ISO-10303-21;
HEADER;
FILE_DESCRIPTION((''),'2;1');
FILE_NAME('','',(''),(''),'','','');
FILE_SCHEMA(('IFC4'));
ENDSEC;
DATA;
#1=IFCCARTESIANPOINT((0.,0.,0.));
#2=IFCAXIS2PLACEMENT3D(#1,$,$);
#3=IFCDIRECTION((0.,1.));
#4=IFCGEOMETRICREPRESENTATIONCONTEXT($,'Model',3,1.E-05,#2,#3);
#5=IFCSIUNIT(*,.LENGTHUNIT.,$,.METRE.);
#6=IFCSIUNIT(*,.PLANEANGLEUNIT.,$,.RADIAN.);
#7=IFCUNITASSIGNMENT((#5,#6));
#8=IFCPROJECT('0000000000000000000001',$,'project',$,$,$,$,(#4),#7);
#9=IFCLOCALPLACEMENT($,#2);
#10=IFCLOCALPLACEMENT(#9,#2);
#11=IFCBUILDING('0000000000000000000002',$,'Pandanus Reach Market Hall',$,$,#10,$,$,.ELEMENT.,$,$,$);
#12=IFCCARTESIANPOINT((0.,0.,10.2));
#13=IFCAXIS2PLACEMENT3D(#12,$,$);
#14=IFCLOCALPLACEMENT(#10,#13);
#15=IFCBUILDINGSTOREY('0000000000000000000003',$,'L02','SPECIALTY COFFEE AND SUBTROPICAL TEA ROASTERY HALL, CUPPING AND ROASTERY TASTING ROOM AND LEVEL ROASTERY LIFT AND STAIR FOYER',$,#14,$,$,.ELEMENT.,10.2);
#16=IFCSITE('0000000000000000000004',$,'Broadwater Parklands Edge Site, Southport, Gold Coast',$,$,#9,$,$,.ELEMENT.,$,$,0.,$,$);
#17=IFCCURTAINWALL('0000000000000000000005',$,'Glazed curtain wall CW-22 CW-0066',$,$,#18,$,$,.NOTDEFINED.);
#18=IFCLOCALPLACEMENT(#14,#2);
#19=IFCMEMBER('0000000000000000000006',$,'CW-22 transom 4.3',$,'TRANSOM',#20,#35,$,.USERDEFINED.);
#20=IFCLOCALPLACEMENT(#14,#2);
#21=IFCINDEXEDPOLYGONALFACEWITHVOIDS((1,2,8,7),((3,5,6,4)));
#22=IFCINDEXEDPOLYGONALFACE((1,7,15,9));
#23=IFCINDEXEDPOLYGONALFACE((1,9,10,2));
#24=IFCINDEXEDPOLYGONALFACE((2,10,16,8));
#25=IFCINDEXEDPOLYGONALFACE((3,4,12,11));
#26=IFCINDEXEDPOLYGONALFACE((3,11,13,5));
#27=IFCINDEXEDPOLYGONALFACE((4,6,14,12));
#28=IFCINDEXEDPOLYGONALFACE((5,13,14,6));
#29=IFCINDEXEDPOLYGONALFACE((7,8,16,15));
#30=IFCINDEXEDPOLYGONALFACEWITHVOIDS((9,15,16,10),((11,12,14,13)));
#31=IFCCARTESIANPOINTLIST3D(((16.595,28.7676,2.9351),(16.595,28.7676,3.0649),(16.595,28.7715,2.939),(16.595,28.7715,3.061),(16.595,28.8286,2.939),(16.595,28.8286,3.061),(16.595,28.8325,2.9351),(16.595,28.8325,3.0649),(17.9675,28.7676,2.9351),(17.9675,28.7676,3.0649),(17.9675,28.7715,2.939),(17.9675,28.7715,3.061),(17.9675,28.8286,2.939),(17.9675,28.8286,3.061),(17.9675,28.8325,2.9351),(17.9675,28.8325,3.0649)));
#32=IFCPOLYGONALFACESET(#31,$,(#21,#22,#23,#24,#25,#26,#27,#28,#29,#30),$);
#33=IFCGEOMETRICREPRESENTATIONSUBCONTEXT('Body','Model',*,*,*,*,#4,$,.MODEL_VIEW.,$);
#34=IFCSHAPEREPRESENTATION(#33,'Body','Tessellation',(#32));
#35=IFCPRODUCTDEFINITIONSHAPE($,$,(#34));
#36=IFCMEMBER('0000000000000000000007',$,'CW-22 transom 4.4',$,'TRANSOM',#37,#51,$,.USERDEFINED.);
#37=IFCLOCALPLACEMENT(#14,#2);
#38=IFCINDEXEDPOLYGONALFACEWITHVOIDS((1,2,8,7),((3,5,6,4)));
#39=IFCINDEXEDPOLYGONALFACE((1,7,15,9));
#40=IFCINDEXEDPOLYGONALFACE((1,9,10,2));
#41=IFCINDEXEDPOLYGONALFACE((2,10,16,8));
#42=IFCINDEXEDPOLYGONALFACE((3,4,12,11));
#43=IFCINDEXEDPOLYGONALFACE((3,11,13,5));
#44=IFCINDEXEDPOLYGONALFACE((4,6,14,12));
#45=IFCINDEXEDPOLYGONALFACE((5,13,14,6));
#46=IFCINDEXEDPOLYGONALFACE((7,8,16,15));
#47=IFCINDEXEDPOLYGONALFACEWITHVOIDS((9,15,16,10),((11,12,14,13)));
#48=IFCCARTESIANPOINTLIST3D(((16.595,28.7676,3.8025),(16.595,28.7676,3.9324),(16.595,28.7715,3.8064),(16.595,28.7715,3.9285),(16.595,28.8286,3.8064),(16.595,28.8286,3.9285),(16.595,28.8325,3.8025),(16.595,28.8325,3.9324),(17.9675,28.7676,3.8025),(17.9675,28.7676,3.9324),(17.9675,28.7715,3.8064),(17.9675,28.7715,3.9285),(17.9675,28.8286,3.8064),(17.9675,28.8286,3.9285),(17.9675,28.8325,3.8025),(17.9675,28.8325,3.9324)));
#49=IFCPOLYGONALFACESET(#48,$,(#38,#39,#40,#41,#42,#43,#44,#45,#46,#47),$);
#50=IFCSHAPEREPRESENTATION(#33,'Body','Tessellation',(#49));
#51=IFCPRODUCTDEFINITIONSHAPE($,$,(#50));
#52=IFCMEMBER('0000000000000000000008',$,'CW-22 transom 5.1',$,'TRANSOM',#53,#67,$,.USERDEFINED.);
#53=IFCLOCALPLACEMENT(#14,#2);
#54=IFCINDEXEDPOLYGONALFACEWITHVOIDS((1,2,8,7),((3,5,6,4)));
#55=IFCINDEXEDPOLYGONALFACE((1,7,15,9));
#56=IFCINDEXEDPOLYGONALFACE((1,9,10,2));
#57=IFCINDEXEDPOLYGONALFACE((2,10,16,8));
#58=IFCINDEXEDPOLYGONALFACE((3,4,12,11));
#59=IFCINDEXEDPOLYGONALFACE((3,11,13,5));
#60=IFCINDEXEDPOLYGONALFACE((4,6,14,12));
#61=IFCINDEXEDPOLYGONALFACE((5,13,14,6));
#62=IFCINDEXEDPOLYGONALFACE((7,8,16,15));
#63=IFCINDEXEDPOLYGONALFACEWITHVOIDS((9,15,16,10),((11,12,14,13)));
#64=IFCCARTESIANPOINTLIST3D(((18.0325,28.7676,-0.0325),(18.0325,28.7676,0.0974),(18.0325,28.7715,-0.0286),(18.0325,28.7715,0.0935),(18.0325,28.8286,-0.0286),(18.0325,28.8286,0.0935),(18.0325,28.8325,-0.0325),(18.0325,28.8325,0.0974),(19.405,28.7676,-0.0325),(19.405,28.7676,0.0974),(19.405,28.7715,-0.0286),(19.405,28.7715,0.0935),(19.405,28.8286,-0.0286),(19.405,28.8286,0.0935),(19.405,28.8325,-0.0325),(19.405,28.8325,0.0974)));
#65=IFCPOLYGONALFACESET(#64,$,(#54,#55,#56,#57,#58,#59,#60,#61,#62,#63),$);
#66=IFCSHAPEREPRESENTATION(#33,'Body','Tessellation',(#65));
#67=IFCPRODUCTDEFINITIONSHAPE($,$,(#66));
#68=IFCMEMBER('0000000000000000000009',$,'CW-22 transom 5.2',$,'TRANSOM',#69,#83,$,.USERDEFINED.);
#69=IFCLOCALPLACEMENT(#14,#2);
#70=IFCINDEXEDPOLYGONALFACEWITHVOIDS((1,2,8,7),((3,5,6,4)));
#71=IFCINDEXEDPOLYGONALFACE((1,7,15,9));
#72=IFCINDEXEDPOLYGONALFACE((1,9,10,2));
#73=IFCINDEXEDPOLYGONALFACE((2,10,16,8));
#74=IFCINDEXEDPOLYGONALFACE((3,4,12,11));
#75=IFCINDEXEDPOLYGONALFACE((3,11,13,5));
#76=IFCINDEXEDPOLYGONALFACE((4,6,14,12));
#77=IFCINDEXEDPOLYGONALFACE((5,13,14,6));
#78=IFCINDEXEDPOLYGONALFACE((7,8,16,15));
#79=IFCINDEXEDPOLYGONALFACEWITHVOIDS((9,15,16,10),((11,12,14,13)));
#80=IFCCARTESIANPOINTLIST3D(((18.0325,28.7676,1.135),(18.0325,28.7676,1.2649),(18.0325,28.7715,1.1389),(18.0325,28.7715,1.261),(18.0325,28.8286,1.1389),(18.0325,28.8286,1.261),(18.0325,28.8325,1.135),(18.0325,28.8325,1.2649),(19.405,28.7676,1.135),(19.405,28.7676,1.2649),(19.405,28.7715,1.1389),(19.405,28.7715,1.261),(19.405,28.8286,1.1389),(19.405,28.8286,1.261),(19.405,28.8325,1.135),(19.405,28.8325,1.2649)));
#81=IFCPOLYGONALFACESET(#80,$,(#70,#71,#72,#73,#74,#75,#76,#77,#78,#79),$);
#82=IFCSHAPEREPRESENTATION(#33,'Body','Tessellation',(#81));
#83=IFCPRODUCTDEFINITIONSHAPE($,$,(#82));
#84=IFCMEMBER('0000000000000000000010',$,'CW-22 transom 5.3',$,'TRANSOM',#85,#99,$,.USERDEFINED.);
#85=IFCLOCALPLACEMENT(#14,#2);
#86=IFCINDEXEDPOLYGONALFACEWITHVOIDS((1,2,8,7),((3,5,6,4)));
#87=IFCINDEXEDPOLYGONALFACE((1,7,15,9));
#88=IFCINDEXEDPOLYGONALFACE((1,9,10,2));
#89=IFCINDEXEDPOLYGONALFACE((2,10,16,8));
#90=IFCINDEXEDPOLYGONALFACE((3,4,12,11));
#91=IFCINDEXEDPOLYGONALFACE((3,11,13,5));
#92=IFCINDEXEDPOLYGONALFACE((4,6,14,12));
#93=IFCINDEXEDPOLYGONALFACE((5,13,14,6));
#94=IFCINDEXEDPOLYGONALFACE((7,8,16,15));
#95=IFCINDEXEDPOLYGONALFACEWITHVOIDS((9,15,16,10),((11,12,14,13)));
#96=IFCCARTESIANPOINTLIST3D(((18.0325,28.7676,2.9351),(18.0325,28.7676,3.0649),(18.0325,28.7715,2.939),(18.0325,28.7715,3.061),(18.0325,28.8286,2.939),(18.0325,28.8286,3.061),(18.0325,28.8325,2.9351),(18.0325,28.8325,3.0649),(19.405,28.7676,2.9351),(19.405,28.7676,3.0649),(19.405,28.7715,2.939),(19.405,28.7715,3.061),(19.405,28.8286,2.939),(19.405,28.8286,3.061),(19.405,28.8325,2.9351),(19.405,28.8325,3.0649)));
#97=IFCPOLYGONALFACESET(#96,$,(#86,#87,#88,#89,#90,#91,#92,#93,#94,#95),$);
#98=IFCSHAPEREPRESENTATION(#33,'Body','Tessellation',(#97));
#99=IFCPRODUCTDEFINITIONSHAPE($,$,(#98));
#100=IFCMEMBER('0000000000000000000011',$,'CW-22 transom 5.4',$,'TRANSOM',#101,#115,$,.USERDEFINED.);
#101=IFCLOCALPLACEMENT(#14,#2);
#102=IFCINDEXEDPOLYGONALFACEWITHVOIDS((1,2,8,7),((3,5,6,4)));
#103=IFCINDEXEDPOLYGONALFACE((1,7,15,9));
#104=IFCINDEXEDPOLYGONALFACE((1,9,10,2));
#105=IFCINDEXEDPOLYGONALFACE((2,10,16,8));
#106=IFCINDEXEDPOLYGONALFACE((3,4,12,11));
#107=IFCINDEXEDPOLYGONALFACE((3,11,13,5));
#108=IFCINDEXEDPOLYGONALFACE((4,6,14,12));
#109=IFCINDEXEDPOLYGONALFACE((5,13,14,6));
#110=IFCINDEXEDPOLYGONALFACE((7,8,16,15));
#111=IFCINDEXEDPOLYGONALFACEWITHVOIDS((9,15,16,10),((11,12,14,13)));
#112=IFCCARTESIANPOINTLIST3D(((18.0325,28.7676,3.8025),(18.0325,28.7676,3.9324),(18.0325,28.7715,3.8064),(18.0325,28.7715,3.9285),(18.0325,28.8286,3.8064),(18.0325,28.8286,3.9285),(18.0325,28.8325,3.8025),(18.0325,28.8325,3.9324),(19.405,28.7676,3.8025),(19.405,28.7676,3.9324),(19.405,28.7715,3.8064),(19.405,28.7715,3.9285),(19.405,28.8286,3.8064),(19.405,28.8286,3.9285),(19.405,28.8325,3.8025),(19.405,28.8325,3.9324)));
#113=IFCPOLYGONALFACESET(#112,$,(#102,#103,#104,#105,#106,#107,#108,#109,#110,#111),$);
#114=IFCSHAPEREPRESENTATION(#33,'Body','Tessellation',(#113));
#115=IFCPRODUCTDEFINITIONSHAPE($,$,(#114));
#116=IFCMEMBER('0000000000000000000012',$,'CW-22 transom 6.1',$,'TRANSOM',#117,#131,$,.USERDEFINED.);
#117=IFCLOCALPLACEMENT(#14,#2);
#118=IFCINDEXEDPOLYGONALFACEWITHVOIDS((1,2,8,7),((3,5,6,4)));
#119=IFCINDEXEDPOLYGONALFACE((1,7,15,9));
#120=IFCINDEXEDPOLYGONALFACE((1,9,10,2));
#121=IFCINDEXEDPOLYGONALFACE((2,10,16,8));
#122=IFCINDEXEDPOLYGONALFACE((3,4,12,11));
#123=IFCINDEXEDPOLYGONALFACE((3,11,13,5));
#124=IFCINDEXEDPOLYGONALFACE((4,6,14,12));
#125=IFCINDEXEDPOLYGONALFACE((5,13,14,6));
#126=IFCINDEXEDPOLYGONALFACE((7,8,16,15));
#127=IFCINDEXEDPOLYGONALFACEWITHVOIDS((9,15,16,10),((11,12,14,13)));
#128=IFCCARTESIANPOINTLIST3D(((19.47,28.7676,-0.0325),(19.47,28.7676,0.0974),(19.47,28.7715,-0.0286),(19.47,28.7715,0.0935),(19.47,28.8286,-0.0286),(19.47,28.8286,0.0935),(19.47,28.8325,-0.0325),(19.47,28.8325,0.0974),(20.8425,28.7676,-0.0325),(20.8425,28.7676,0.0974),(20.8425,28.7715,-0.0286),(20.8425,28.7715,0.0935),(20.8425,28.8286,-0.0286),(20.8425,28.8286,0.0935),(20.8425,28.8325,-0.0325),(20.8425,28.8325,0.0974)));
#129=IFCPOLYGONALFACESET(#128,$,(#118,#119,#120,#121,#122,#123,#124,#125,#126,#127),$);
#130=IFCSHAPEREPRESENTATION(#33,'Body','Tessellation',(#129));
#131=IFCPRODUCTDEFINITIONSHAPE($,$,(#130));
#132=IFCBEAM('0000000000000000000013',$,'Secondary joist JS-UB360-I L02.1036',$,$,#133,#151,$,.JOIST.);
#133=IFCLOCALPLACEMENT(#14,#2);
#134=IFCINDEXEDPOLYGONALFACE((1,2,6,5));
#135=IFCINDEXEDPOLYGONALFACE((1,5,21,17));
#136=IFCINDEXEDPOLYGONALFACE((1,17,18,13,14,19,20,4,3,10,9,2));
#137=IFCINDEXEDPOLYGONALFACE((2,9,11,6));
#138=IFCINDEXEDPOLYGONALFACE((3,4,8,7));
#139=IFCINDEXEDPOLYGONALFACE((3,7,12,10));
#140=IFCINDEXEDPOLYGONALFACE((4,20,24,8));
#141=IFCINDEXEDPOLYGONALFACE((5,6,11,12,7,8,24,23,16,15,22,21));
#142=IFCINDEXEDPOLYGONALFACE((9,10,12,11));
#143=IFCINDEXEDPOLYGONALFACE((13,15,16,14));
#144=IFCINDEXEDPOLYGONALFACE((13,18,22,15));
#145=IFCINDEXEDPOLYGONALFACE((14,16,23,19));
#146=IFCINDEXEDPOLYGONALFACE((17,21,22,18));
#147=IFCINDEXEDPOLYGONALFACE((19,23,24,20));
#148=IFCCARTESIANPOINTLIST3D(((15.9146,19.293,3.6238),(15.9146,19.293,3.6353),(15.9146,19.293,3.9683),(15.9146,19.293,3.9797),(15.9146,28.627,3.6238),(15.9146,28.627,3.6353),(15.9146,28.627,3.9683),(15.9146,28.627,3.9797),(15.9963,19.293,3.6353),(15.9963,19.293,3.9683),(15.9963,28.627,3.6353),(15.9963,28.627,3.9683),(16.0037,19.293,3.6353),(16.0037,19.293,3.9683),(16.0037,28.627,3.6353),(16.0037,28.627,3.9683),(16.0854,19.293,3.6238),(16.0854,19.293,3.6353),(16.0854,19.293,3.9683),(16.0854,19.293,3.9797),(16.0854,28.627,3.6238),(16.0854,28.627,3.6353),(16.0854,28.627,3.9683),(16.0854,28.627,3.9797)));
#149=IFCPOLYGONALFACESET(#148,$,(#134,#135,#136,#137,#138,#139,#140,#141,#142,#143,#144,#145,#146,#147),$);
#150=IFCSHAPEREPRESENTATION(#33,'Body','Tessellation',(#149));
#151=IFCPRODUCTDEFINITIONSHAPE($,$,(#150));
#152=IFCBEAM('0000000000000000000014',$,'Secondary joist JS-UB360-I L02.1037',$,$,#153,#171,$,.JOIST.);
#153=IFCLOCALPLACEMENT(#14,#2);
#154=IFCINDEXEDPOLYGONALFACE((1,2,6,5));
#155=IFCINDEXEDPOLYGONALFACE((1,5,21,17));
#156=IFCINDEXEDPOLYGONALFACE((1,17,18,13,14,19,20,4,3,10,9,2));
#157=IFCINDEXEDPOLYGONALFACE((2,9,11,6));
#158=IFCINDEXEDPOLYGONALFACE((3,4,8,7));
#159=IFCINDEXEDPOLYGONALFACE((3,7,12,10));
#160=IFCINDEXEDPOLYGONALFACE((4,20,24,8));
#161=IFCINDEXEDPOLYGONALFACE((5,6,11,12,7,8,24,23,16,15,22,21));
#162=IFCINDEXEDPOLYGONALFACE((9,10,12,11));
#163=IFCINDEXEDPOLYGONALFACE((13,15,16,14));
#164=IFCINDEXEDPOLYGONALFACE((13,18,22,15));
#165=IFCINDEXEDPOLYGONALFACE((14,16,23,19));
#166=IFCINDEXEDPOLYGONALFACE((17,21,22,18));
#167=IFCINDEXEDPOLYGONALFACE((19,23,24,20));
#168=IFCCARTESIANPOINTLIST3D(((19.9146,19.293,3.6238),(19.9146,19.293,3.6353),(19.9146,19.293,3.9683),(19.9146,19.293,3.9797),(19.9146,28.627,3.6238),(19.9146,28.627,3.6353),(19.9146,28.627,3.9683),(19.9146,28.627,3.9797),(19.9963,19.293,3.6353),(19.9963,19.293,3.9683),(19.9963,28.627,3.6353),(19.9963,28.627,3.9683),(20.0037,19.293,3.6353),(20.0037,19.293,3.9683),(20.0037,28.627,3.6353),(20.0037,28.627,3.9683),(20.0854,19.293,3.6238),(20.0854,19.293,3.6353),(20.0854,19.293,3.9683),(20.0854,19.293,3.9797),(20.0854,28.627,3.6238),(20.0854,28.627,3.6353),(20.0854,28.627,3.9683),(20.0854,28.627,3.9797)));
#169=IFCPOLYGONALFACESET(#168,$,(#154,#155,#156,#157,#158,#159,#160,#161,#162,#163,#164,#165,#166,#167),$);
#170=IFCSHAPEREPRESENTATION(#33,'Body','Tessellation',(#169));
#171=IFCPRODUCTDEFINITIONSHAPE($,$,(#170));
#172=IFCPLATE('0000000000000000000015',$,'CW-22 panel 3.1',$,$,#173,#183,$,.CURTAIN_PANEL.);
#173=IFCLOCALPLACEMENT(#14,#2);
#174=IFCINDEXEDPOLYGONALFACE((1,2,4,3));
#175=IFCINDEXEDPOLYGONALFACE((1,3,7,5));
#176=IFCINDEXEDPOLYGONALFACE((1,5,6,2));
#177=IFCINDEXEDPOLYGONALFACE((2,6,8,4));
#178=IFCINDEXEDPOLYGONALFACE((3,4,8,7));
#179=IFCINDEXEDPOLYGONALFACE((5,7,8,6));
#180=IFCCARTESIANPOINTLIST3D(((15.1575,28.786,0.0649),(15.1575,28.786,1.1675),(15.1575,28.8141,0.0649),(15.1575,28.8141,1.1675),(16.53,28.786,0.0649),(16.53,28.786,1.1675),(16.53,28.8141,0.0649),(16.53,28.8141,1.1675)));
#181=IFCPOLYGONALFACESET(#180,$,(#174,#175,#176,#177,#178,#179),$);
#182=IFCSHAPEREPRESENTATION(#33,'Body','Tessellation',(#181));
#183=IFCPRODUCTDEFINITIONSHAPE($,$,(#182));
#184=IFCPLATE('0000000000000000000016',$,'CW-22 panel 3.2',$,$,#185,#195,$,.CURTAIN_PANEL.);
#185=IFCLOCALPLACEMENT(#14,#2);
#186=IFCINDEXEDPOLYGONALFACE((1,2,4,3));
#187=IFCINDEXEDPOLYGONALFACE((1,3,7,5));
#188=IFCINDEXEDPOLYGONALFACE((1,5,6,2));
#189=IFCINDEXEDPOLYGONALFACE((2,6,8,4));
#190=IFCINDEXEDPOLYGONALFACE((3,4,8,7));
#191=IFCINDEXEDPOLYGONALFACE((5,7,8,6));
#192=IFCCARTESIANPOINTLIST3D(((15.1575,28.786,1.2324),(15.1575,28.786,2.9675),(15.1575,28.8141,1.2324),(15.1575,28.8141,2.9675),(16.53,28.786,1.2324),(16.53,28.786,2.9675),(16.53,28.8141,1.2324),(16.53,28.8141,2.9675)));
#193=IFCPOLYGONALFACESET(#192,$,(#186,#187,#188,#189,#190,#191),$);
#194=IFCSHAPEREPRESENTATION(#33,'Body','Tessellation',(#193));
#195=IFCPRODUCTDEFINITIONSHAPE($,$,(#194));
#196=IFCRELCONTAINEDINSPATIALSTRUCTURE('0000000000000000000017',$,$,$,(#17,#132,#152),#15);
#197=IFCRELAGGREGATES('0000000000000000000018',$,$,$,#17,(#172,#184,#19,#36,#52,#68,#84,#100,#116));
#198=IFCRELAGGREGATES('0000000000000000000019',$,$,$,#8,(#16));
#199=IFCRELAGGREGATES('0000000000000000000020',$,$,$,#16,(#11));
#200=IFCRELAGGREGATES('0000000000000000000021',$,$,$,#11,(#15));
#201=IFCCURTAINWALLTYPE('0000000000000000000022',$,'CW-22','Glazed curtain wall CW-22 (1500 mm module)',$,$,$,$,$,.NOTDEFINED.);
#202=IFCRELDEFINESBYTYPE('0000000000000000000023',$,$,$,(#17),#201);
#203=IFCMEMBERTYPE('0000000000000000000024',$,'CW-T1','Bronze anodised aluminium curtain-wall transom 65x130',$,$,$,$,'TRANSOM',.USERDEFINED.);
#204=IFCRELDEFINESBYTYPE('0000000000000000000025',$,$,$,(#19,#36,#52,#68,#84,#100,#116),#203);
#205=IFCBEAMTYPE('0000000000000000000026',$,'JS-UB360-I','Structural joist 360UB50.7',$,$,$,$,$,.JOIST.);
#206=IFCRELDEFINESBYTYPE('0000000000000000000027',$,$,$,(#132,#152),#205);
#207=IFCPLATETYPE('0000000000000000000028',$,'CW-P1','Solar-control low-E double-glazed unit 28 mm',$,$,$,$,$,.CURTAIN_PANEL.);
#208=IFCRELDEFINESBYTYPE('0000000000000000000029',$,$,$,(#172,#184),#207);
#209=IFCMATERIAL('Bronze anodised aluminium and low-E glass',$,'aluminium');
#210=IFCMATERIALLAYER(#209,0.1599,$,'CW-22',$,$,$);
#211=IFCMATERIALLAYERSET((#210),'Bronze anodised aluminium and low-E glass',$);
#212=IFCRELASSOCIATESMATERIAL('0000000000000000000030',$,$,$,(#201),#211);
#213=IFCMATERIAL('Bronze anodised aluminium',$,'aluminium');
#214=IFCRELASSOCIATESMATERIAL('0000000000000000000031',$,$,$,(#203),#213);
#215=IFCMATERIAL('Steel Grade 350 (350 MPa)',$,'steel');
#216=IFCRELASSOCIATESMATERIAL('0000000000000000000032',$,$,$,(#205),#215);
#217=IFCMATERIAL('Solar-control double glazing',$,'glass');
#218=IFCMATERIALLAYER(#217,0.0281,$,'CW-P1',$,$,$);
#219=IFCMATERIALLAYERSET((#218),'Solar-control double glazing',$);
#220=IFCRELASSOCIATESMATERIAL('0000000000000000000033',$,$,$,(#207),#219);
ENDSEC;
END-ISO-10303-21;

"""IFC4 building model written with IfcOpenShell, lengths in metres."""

from ifc_helpers import new_model, si_unit, direction, frame, origin, origin_2d, place, context, subcontext, project, spatial, rectangle, hollow_rectangle, i_section, extrude, material, layer, layer_set, material_profile, profile_set, type_object, element, aggregate, save


model = new_model("IFC4")

# Units and contexts
model_context = context("Model", 3, precision=1e-05, world=origin(), true_north=direction((0.0, 1.0)))
body_context = subcontext(model_context, "Body", "Model", "MODEL_VIEW")
ifc_project = project(units=[si_unit("LENGTHUNIT", "METRE"), si_unit("PLANEANGLEUNIT", "RADIAN")], contexts=[model_context])

# Site, building, storey
site_placement = place(None, origin())
site = spatial("IfcSite", under=ifc_project, at=site_placement, Name="Broadwater Parklands Edge Site, Southport, Gold Coast", CompositionType="ELEMENT", RefElevation=0.0)
building_placement = place(site_placement, origin())
building = spatial("IfcBuilding", under=site, at=building_placement, Name="Pandanus Reach Market Hall", CompositionType="ELEMENT")
storey_placement = place(building_placement, frame((0.0, 0.0, 10.2)))
storey = spatial("IfcBuildingStorey", under=building, at=storey_placement, Name="L02", Description="SPECIALTY COFFEE AND SUBTROPICAL TEA ROASTERY HALL, CUPPING AND ROASTERY TASTING ROOM AND LEVEL ROASTERY LIFT AND STAIR FOYER", CompositionType="ELEMENT", Elevation=10.2)

# Shared definitions
ifc_material_1 = material(Name="Steel Grade 350 (350 MPa)", Category="steel")

# Curtain wall, members
ifc_material_2 = material(Name="Bronze anodised aluminium and low-E glass", Category="aluminium")
ifc_layer_1 = layer(ifc_material_2, 0.1599, Name="CW-22")
ifc_layer_set_1 = layer_set([ifc_layer_1], Name="Bronze anodised aluminium and low-E glass")
curtain_wall_type = type_object("IfcCurtainWallType", Name="CW-22", Description="Glazed curtain wall CW-22 (1500 mm module)", PredefinedType="NOTDEFINED", material=ifc_layer_set_1)
curtain_wall_placement = place(storey_placement, origin())
curtain_wall = element("IfcCurtainWall", 1, at=curtain_wall_placement, inside=storey, type_object=curtain_wall_type, Name="Glazed curtain wall CW-22 CW-0066", PredefinedType="NOTDEFINED")
ifc_material_3 = material(Name="Bronze anodised aluminium", Category="aluminium")
ifc_material_profile_1 = material_profile(ifc_material_3, hollow_rectangle(XDim=0.0649, YDim=0.1299, WallThickness=0.0039, at=origin_2d()), Name="ALU65x130", Category="LoadBearing")
ifc_profile_set_1 = profile_set([ifc_material_profile_1], Name="Bronze anodised aluminium")
member_type_1 = type_object("IfcMemberType", Name="CW-T1", Description="Bronze anodised aluminium curtain-wall transom 65x130", ElementType="TRANSOM", PredefinedType="USERDEFINED", material=ifc_profile_set_1)
member_1_placement = place(storey_placement, frame((16.595, 28.8, 3.0), z_axis=(1.0, 0.0, 0.0), x_axis=(0.0, 1.0, 0.0)))
member_1 = element("IfcMember", 2, at=member_1_placement, type_object=member_type_1, Name="CW-22 transom 4.3", ObjectType="TRANSOM", PredefinedType="USERDEFINED", context=body_context, shape_type="SweptSolid", body=[
    extrude(hollow_rectangle(XDim=0.0649, YDim=0.1299, WallThickness=0.0039, at=origin_2d()), origin(), (0.0, 0.0, 1.0), 1.3726),
])
member_2_placement = place(storey_placement, frame((16.595, 28.8, 3.8674), z_axis=(1.0, 0.0, 0.0), x_axis=(0.0, 1.0, 0.0)))
member_2 = element("IfcMember", 3, at=member_2_placement, type_object=member_type_1, Name="CW-22 transom 4.4", ObjectType="TRANSOM", PredefinedType="USERDEFINED", context=body_context, shape_type="SweptSolid", body=[
    extrude(hollow_rectangle(XDim=0.0649, YDim=0.1299, WallThickness=0.0039, at=origin_2d()), origin(), (0.0, 0.0, 1.0), 1.3726),
])
member_3_placement = place(storey_placement, frame((18.0325, 28.8, 0.0325), z_axis=(1.0, 0.0, 0.0), x_axis=(0.0, 1.0, 0.0)))
member_3 = element("IfcMember", 4, at=member_3_placement, type_object=member_type_1, Name="CW-22 transom 5.1", ObjectType="TRANSOM", PredefinedType="USERDEFINED", context=body_context, shape_type="SweptSolid", body=[
    extrude(hollow_rectangle(XDim=0.0649, YDim=0.1299, WallThickness=0.0039, at=origin_2d()), origin(), (0.0, 0.0, 1.0), 1.3726),
])
member_4_placement = place(storey_placement, frame((18.0325, 28.8, 1.2), z_axis=(1.0, 0.0, 0.0), x_axis=(0.0, 1.0, 0.0)))
member_4 = element("IfcMember", 5, at=member_4_placement, type_object=member_type_1, Name="CW-22 transom 5.2", ObjectType="TRANSOM", PredefinedType="USERDEFINED", context=body_context, shape_type="SweptSolid", body=[
    extrude(hollow_rectangle(XDim=0.0649, YDim=0.1299, WallThickness=0.0039, at=origin_2d()), origin(), (0.0, 0.0, 1.0), 1.3726),
])
member_5_placement = place(storey_placement, frame((18.0325, 28.8, 3.0), z_axis=(1.0, 0.0, 0.0), x_axis=(0.0, 1.0, 0.0)))
member_5 = element("IfcMember", 6, at=member_5_placement, type_object=member_type_1, Name="CW-22 transom 5.3", ObjectType="TRANSOM", PredefinedType="USERDEFINED", context=body_context, shape_type="SweptSolid", body=[
    extrude(hollow_rectangle(XDim=0.0649, YDim=0.1299, WallThickness=0.0039, at=origin_2d()), origin(), (0.0, 0.0, 1.0), 1.3726),
])
member_6_placement = place(storey_placement, frame((18.0325, 28.8, 3.8674), z_axis=(1.0, 0.0, 0.0), x_axis=(0.0, 1.0, 0.0)))
member_6 = element("IfcMember", 7, at=member_6_placement, type_object=member_type_1, Name="CW-22 transom 5.4", ObjectType="TRANSOM", PredefinedType="USERDEFINED", context=body_context, shape_type="SweptSolid", body=[
    extrude(hollow_rectangle(XDim=0.0649, YDim=0.1299, WallThickness=0.0039, at=origin_2d()), origin(), (0.0, 0.0, 1.0), 1.3726),
])
member_7_placement = place(storey_placement, frame((19.47, 28.8, 0.0325), z_axis=(1.0, 0.0, 0.0), x_axis=(0.0, 1.0, 0.0)))
member_7 = element("IfcMember", 8, at=member_7_placement, type_object=member_type_1, Name="CW-22 transom 6.1", ObjectType="TRANSOM", PredefinedType="USERDEFINED", context=body_context, shape_type="SweptSolid", body=[
    extrude(hollow_rectangle(XDim=0.0649, YDim=0.1299, WallThickness=0.0039, at=origin_2d()), origin(), (0.0, 0.0, 1.0), 1.3726),
])

# Beams
ifc_material_profile_2 = material_profile(ifc_material_1, i_section(OverallWidth=0.1709, OverallDepth=0.356, WebThickness=0.0073, FlangeThickness=0.0115, at=origin_2d()), Name="360UB50.7", Category="LoadBearing")
ifc_profile_set_2 = profile_set([ifc_material_profile_2], Name="Steel Grade 350 (350 MPa)")
beam_type_1 = type_object("IfcBeamType", Name="JS-UB360-I", Description="Structural joist 360UB50.7", PredefinedType="JOIST", material=ifc_profile_set_2)
for number, where, z_axis, x_axis, name in (
    (9, (16.0, 19.293, 3.8018), (0.0, 1.0, 0.0), (-1.0, 0.0, 0.0), "Secondary joist JS-UB360-I L02.1036"),
    (10, (20.0, 19.293, 3.8018), (0.0, 1.0, 0.0), (-1.0, 0.0, 0.0), "Secondary joist JS-UB360-I L02.1037"),
):
    element("IfcBeam", number, at=place(storey_placement, frame(where, z_axis=z_axis, x_axis=x_axis)), inside=storey, type_object=beam_type_1, Name=name, PredefinedType="JOIST", context=body_context, shape_type="SweptSolid", body=[
        extrude(i_section(OverallWidth=0.1709, OverallDepth=0.356, WebThickness=0.0073, FlangeThickness=0.0115, at=origin_2d()), origin(), (0.0, 0.0, 1.0), 9.334),
    ])

# Plates
ifc_material_4 = material(Name="Solar-control double glazing", Category="glass")
ifc_layer_2 = layer(ifc_material_4, 0.0281, Name="CW-P1")
ifc_layer_set_2 = layer_set([ifc_layer_2], Name="Solar-control double glazing")
plate_type = type_object("IfcPlateType", Name="CW-P1", Description="Solar-control low-E double-glazed unit 28 mm", PredefinedType="CURTAIN_PANEL", material=ifc_layer_set_2)
plate_1_placement = place(storey_placement, frame((15.8438, 28.8, 0.0649), z_axis=(0.0, 0.0, 1.0), x_axis=(1.0, 0.0, 0.0)))
plate_1 = element("IfcPlate", 11, at=plate_1_placement, type_object=plate_type, Name="CW-22 panel 3.1", PredefinedType="CURTAIN_PANEL", context=body_context, shape_type="SweptSolid", body=[
    extrude(rectangle(XDim=1.3726, YDim=0.0281, at=origin_2d()), origin(), (0.0, 0.0, 1.0), 1.1025),
])
plate_2_placement = place(storey_placement, frame((15.8438, 28.8, 1.2324), z_axis=(0.0, 0.0, 1.0), x_axis=(1.0, 0.0, 0.0)))
plate_2 = element("IfcPlate", 12, at=plate_2_placement, type_object=plate_type, Name="CW-22 panel 3.2", PredefinedType="CURTAIN_PANEL", context=body_context, shape_type="SweptSolid", body=[
    extrude(rectangle(XDim=1.3726, YDim=0.0281, at=origin_2d()), origin(), (0.0, 0.0, 1.0), 1.7351),
])
aggregate(curtain_wall, [plate_1, plate_2, member_1, member_2, member_3, member_4, member_5, member_6, member_7])

save(model, "model.ifc")
